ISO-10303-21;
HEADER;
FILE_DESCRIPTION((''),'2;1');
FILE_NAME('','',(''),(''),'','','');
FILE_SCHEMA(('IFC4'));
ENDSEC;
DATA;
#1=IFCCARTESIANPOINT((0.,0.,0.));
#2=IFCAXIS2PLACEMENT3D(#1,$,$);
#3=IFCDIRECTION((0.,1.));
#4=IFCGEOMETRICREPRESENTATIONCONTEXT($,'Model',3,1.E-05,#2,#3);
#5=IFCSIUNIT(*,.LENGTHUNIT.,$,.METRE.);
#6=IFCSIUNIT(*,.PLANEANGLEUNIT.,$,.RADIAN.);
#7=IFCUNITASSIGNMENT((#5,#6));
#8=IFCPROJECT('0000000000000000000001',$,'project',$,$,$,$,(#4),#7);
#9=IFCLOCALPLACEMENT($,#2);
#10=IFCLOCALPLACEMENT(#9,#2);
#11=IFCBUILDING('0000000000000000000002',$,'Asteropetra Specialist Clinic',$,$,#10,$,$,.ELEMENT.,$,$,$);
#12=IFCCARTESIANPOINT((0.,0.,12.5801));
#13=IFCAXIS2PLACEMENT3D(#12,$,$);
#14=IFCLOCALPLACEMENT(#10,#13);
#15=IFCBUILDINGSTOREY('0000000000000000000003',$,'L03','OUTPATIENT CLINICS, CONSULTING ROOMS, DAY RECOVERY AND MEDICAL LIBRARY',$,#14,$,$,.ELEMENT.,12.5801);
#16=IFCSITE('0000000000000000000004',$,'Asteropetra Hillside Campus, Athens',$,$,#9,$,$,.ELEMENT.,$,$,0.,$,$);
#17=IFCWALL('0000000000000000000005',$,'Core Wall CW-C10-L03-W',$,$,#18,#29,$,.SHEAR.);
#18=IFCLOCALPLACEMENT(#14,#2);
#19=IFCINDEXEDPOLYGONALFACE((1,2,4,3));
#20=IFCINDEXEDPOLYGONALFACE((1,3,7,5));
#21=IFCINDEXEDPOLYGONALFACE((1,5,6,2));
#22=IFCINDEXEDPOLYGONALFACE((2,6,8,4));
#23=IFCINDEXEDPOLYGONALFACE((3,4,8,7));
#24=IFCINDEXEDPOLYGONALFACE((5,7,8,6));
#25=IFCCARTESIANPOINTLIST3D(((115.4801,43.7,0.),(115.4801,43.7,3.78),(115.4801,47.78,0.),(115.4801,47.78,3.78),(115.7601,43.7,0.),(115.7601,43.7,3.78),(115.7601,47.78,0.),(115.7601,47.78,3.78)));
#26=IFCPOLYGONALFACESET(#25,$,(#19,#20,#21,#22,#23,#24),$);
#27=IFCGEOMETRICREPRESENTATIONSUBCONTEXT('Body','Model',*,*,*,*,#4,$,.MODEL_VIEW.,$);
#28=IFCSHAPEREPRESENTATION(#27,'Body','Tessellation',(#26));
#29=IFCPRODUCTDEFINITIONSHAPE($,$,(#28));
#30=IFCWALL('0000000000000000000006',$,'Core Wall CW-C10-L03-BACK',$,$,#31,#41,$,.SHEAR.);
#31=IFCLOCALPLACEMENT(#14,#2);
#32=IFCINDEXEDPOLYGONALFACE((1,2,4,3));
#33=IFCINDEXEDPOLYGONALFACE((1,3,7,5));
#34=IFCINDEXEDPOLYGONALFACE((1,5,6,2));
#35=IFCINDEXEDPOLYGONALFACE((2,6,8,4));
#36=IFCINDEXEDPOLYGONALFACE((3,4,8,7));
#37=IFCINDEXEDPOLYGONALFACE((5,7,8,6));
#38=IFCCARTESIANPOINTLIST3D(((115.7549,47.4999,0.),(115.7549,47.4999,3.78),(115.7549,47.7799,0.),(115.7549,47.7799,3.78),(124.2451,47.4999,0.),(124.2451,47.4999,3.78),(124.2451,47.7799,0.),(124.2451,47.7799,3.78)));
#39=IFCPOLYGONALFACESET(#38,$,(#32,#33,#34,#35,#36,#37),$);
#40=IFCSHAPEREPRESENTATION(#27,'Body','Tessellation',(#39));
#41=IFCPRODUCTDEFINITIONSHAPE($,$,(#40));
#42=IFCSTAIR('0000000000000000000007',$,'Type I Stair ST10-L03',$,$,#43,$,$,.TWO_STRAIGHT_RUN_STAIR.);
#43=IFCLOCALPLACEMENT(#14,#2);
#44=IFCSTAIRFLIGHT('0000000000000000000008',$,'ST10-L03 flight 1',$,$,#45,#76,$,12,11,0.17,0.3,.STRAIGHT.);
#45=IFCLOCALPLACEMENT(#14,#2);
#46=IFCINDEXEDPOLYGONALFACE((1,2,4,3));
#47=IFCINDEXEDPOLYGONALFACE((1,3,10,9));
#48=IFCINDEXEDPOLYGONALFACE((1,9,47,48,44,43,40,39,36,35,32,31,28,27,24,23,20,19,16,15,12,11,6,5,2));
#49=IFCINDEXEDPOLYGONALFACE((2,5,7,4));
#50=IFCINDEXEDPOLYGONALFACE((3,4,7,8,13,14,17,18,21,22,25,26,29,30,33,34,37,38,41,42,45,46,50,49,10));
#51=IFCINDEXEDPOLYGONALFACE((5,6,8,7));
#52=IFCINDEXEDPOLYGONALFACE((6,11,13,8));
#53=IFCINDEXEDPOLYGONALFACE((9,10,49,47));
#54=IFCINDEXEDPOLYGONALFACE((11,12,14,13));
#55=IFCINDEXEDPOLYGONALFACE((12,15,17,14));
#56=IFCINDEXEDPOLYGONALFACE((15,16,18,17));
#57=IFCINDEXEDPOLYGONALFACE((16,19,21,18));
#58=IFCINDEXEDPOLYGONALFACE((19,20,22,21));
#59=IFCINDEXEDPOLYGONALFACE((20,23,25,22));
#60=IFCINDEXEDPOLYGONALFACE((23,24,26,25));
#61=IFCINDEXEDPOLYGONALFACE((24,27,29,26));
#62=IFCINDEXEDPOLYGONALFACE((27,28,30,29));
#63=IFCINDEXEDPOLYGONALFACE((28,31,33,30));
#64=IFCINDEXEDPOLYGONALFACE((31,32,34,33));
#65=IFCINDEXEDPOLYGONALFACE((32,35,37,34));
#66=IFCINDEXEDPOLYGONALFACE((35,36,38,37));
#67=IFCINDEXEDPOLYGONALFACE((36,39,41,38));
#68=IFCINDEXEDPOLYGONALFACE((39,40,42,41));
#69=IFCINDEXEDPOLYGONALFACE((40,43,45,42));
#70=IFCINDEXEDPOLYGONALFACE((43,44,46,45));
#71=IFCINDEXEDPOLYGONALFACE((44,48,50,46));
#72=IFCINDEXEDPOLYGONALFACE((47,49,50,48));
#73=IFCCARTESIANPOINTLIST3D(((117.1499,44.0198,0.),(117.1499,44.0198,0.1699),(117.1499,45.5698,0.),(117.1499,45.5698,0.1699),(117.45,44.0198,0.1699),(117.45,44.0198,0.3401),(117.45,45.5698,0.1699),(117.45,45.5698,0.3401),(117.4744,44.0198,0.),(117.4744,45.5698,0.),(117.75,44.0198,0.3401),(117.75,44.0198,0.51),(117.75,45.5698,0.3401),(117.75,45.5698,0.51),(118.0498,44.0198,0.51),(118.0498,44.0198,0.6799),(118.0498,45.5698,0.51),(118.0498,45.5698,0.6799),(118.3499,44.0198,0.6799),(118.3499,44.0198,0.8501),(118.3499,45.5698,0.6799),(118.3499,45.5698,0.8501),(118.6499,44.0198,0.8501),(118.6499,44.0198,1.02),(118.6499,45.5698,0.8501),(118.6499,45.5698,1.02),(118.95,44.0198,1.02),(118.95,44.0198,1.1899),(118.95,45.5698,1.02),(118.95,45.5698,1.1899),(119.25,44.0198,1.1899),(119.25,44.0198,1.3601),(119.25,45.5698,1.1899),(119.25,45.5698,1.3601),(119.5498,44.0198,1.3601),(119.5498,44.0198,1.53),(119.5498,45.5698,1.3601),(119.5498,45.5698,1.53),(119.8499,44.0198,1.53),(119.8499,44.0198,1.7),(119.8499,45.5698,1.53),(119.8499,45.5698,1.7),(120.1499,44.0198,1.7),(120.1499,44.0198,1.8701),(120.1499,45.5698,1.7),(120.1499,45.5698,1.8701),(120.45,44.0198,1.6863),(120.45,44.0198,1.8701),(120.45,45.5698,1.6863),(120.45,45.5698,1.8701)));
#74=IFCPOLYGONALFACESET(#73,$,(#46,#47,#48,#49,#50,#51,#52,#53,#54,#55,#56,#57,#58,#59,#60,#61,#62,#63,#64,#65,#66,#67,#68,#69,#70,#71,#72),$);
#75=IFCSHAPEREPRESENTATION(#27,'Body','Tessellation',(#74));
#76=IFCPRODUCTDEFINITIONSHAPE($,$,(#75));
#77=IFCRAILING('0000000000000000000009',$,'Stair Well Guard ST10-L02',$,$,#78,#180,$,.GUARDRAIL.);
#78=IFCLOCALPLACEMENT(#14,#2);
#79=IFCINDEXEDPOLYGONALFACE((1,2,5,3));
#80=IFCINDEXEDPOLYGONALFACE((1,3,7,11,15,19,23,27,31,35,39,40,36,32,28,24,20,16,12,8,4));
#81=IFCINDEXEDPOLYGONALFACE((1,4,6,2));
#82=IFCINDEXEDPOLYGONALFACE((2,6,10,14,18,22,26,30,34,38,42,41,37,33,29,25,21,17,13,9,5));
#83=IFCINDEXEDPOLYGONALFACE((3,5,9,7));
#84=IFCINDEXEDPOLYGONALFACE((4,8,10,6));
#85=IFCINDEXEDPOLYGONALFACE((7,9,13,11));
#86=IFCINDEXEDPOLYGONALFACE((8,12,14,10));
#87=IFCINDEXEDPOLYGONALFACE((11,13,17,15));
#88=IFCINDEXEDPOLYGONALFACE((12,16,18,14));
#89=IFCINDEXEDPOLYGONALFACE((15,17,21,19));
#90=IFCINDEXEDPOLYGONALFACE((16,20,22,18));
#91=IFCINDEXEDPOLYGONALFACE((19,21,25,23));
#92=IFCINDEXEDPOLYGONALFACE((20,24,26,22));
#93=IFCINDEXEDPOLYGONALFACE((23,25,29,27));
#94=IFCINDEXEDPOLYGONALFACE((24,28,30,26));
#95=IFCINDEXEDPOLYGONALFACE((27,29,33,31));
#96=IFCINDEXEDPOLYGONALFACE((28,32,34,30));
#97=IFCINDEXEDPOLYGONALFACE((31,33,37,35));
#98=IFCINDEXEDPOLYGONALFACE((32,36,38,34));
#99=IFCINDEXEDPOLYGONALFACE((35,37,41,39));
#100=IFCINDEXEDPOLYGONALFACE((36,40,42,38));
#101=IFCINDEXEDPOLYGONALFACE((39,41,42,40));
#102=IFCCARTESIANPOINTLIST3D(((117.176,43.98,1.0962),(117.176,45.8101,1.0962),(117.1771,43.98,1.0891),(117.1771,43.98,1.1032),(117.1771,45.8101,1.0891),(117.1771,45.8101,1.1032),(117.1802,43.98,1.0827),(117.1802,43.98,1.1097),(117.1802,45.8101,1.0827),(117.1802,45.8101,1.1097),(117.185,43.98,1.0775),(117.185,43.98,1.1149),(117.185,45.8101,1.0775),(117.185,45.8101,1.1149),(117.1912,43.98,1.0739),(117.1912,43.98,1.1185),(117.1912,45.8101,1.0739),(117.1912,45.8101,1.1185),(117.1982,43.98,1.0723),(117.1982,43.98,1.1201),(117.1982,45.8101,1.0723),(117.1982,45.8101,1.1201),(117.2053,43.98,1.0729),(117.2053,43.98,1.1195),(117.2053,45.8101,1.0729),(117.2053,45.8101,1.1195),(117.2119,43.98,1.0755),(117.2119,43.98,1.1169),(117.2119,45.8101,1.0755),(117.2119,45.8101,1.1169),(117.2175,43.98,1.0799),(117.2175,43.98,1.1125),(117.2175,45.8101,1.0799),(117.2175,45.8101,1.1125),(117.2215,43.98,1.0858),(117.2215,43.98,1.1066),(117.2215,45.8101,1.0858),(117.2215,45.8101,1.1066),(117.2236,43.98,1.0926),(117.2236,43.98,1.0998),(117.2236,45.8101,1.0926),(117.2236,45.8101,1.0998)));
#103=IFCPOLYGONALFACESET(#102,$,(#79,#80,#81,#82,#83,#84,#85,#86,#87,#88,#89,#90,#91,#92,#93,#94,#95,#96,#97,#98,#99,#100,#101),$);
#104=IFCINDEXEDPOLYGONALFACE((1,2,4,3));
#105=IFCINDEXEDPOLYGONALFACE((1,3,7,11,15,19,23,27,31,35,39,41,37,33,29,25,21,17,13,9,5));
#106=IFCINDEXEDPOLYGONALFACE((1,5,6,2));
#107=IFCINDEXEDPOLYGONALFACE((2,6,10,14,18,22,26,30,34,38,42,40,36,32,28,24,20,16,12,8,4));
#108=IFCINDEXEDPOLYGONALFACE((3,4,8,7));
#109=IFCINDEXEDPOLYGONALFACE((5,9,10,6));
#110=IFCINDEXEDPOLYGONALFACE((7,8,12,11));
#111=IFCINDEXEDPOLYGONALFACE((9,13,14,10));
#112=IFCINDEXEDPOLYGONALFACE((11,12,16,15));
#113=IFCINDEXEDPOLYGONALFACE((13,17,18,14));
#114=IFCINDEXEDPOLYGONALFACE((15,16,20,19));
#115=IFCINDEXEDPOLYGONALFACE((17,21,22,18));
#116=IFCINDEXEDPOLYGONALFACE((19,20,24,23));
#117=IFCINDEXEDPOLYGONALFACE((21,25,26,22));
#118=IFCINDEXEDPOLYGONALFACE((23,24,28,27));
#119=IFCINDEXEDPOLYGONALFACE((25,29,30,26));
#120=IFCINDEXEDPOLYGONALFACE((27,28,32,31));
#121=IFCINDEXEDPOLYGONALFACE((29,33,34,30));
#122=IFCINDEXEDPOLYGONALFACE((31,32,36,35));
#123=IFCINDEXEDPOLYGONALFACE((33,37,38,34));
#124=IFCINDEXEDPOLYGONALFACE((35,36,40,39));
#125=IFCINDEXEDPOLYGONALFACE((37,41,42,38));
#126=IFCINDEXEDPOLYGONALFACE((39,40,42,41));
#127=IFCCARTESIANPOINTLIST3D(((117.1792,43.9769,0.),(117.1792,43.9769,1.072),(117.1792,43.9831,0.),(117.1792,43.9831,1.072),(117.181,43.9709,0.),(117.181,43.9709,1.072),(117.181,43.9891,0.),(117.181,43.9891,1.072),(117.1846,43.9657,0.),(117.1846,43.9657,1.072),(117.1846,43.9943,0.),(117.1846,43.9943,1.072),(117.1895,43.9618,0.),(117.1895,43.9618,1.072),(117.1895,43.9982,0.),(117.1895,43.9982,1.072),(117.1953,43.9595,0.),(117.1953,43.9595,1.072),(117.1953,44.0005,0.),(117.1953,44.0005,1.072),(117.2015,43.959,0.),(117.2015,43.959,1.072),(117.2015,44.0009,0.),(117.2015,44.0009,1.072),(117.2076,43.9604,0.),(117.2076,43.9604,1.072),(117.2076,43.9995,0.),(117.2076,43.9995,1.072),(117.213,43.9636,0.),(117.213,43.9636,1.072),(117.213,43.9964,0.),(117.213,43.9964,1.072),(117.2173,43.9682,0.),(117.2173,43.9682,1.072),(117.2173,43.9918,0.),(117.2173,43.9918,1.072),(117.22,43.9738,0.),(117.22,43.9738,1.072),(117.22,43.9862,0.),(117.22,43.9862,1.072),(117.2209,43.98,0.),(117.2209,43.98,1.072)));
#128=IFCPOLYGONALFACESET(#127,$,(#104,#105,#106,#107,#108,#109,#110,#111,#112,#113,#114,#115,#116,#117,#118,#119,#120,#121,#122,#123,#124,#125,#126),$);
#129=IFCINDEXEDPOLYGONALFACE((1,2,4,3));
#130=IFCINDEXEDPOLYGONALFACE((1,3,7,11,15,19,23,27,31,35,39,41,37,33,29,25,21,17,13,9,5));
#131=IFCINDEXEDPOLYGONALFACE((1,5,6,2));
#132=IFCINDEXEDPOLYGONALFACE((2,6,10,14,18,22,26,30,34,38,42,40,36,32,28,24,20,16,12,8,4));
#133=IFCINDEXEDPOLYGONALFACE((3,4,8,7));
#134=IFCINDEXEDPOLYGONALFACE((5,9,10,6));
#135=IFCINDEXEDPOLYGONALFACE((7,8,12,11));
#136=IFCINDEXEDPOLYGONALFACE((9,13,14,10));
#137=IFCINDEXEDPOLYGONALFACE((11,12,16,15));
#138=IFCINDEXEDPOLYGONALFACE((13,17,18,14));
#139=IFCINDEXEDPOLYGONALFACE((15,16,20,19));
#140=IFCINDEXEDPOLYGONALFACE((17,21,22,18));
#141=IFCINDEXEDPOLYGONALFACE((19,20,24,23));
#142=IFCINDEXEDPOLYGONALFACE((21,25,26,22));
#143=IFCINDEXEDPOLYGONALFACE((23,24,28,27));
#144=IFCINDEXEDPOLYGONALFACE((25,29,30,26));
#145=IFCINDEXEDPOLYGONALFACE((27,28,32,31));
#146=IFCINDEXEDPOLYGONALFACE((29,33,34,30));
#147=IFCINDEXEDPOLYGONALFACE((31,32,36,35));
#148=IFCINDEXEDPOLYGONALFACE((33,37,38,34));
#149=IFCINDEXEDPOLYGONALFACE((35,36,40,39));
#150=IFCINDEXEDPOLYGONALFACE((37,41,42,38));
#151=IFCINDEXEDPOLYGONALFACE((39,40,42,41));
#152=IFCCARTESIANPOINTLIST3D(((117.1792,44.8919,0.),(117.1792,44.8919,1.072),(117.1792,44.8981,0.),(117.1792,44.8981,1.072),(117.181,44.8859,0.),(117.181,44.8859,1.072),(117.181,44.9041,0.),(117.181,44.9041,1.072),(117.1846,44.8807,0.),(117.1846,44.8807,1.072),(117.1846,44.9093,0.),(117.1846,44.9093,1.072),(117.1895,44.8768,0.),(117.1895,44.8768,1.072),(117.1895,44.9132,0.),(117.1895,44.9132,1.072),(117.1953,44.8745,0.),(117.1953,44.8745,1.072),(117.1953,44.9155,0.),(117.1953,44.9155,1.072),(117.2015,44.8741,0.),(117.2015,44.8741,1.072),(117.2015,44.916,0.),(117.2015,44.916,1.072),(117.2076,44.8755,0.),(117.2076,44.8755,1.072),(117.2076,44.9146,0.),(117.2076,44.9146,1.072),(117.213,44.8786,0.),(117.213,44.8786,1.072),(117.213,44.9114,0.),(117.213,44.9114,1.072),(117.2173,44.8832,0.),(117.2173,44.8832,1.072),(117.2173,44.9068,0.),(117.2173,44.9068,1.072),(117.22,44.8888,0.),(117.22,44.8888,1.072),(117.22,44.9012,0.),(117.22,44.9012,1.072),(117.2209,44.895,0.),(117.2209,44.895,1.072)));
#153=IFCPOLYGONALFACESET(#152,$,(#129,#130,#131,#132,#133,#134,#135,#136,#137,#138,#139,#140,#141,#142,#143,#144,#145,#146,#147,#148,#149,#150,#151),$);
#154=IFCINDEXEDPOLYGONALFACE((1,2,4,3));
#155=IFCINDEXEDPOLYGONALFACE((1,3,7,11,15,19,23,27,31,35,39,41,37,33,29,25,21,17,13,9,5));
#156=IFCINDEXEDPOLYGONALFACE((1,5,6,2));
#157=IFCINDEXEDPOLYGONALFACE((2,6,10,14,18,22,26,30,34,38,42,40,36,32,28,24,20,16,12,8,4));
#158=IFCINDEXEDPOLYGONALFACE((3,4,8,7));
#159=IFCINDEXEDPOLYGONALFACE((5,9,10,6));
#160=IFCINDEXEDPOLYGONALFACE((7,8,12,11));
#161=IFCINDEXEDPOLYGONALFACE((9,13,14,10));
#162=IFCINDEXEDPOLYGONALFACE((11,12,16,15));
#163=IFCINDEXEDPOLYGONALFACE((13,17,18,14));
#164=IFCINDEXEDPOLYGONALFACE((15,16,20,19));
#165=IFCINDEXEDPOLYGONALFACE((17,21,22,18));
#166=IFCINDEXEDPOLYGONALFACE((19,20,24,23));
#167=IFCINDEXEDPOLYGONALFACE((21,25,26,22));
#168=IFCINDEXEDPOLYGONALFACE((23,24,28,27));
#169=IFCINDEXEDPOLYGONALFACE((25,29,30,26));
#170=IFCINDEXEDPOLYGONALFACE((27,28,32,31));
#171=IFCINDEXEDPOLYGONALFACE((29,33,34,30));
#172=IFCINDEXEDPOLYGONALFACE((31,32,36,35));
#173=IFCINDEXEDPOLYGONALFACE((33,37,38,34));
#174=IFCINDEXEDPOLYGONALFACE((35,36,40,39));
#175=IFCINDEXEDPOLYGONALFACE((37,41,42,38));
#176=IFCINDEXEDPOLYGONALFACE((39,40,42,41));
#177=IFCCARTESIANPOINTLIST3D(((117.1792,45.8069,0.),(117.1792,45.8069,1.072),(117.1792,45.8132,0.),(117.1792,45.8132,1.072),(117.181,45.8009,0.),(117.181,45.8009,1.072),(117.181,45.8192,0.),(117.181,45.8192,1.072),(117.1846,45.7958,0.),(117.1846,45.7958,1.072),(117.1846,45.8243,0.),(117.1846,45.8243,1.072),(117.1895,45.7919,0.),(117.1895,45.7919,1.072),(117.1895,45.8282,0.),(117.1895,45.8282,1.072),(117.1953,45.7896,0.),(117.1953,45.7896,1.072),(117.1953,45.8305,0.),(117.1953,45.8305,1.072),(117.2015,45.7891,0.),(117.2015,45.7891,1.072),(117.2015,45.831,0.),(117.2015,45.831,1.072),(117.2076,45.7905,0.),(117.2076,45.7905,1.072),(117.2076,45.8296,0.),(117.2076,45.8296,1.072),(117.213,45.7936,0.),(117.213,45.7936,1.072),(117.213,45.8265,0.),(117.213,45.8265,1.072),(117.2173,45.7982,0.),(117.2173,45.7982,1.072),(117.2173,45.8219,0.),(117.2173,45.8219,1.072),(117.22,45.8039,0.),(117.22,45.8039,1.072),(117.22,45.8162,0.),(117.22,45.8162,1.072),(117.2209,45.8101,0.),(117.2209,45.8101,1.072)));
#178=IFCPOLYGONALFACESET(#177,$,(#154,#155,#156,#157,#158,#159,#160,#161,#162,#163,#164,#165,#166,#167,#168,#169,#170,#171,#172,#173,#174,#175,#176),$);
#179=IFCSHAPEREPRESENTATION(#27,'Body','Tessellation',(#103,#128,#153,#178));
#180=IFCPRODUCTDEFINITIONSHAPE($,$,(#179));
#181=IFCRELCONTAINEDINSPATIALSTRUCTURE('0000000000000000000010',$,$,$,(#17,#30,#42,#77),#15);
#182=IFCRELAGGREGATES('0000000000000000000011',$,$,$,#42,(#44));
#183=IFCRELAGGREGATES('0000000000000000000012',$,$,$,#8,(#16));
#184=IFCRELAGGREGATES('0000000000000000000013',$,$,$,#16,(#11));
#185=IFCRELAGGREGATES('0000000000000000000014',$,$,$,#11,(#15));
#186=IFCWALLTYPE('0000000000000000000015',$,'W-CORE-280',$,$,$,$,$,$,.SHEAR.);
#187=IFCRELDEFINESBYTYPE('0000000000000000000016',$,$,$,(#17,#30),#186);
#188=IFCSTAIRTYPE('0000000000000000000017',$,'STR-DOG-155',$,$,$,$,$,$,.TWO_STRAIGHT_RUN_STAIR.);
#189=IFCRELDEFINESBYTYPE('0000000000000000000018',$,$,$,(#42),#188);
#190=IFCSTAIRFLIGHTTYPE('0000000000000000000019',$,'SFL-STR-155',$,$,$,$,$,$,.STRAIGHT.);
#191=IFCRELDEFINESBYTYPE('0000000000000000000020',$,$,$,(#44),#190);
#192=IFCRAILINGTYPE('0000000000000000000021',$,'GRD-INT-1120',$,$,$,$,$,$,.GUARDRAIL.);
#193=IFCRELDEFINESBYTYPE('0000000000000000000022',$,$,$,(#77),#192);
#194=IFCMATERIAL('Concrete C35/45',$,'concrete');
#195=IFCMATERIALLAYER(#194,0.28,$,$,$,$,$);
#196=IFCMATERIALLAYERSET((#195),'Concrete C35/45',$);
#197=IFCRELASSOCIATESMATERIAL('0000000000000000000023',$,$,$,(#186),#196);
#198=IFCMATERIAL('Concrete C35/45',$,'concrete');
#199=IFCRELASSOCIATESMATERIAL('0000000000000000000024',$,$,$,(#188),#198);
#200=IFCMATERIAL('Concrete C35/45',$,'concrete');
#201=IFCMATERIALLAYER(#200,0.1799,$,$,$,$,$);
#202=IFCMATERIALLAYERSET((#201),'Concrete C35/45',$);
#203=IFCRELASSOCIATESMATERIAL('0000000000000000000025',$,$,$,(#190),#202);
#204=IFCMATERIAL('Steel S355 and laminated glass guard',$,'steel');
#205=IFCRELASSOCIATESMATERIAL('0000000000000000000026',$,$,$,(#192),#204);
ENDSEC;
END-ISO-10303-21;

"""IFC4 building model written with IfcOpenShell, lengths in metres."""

from ifc_helpers import new_model, si_unit, direction, frame, frame_2d, origin, origin_2d, place, context, subcontext, project, spatial, polyline, rectangle, circle, outline, extrude, material, layer, layer_set, type_object, element, aggregate, save


model = new_model("IFC4")

# Units and contexts
model_context = context("Model", 3, precision=1e-05, world=origin(), true_north=direction((0.0, 1.0)))
body_context = subcontext(model_context, "Body", "Model", "MODEL_VIEW")
ifc_project = project(units=[si_unit("LENGTHUNIT", "METRE"), si_unit("PLANEANGLEUNIT", "RADIAN")], contexts=[model_context])

# Site, building, storey
site_placement = place(None, origin())
site = spatial("IfcSite", under=ifc_project, at=site_placement, Name="Asteropetra Hillside Campus, Athens", CompositionType="ELEMENT", RefElevation=0.0)
building_placement = place(site_placement, origin())
building = spatial("IfcBuilding", under=site, at=building_placement, Name="Asteropetra Specialist Clinic", CompositionType="ELEMENT")
storey_placement = place(building_placement, frame((0.0, 0.0, 12.5801)))
storey = spatial("IfcBuildingStorey", under=building, at=storey_placement, Name="L03", Description="OUTPATIENT CLINICS, CONSULTING ROOMS, DAY RECOVERY AND MEDICAL LIBRARY", CompositionType="ELEMENT", Elevation=12.5801)

# Walls
ifc_material_1 = material(Name="Concrete C35/45", Category="concrete")
ifc_layer_1 = layer(ifc_material_1, 0.28)
ifc_layer_set_1 = layer_set([ifc_layer_1], Name="Concrete C35/45")
wall_type_1 = type_object("IfcWallType", Name="W-CORE-280", PredefinedType="SHEAR", material=ifc_layer_set_1)
wall_1_placement = place(storey_placement, frame((115.6201, 43.7, 0.0), z_axis=(0.0, 0.0, 1.0), x_axis=(0.0, 1.0, 0.0)))
element("IfcWall", 1, at=wall_1_placement, inside=storey, type_object=wall_type_1, Name="Core Wall CW-C10-L03-W", PredefinedType="SHEAR", context=body_context, shape_type="SweptSolid", body=[
    extrude(rectangle(XDim=4.0801, YDim=0.28, at=frame_2d((2.04, 0.0))), origin(), (0.0, 0.0, 1.0), 3.78),
])
wall_2_placement = place(storey_placement, frame((115.7549, 47.6399, 0.0), z_axis=(0.0, 0.0, 1.0), x_axis=(1.0, 0.0, 0.0)))
element("IfcWall", 2, at=wall_2_placement, inside=storey, type_object=wall_type_1, Name="Core Wall CW-C10-L03-BACK", PredefinedType="SHEAR", context=body_context, shape_type="SweptSolid", body=[
    extrude(rectangle(XDim=8.4902, YDim=0.28, at=frame_2d((4.2451, 0.0))), origin(), (0.0, 0.0, 1.0), 3.78),
])

# Stair, stair flight
ifc_material_2 = material(Name="Concrete C35/45", Category="concrete")
stair_type = type_object("IfcStairType", Name="STR-DOG-155", PredefinedType="TWO_STRAIGHT_RUN_STAIR", material=ifc_material_2)
stair_placement = place(storey_placement, origin())
stair = element("IfcStair", 3, at=stair_placement, inside=storey, type_object=stair_type, Name="Type I Stair ST10-L03", PredefinedType="TWO_STRAIGHT_RUN_STAIR")
ifc_material_3 = material(Name="Concrete C35/45", Category="concrete")
ifc_layer_2 = layer(ifc_material_3, 0.1799)
ifc_layer_set_2 = layer_set([ifc_layer_2], Name="Concrete C35/45")
stair_flight_type = type_object("IfcStairFlightType", Name="SFL-STR-155", PredefinedType="STRAIGHT", material=ifc_layer_set_2)
stair_flight_placement = place(storey_placement, frame((117.1499, 44.7949, 0.0), z_axis=(0.0, 0.0, 1.0), x_axis=(1.0, 0.0, 0.0)))
stair_flight = element("IfcStairFlight", 4, at=stair_flight_placement, type_object=stair_flight_type, Name="ST10-L03 flight 1", NumberOfRisers=12, NumberOfTreads=11, PredefinedType="STRAIGHT", RiserHeight=0.17, TreadLength=0.3, context=body_context, shape_type="SweptSolid", body=[
    extrude(outline(polyline([(0.0, 0.0), (0.0, 0.1699), (0.3, 0.1699), (0.3, 0.3401), (0.6001, 0.3401), (0.6001, 0.51), (0.8999, 0.51), (0.8999, 0.6799), (1.2, 0.6799), (1.2, 0.8501), (1.5, 0.8501), (1.5, 1.02), (1.8, 1.02), (1.8, 1.1899), (2.1001, 1.1899), (2.1001, 1.3601), (2.3999, 1.3601), (2.3999, 1.53), (2.7, 1.53), (2.7, 1.7), (3.0, 1.7), (3.0, 1.8701), (3.3, 1.8701), (3.3, 2.04), (3.3, 1.6863), (0.3245, 0.0), (0.0, 0.0)])), frame((0.0, 0.7749, 0.0), z_axis=(0.0, -1.0, 0.0), x_axis=(1.0, 0.0, 0.0)), (0.0, 0.0, 1.0), 1.55),
])
aggregate(stair, [stair_flight])

# Railing
ifc_material_4 = material(Name="Steel S355 and laminated glass guard", Category="steel")
railing_type_1 = type_object("IfcRailingType", Name="GRD-INT-1120", PredefinedType="GUARDRAIL", material=ifc_material_4)
railing_1_placement = place(storey_placement, frame((117.2, 43.98, 0.0)))
element("IfcRailing", 5, at=railing_1_placement, inside=storey, type_object=railing_type_1, Name="Stair Well Guard ST10-L02", PredefinedType="GUARDRAIL", context=body_context, shape_type="SweptSolid", body=[
    extrude(circle(Radius=0.0239, at=origin_2d()), frame((0.0, 0.0, 1.0962), z_axis=(0.0, 1.0, 0.0), x_axis=(-1.0, 0.0, 0.0)), (0.0, 0.0, 1.0), 1.8301),
    extrude(circle(Radius=0.021, at=origin_2d()), origin(), (0.0, 0.0, 1.0), 1.072),
    extrude(circle(Radius=0.021, at=origin_2d()), frame((0.0, 0.915, 0.0)), (0.0, 0.0, 1.0), 1.072),
    extrude(circle(Radius=0.021, at=origin_2d()), frame((0.0, 1.8301, 0.0)), (0.0, 0.0, 1.0), 1.072),
])

save(model, "model.ifc")
